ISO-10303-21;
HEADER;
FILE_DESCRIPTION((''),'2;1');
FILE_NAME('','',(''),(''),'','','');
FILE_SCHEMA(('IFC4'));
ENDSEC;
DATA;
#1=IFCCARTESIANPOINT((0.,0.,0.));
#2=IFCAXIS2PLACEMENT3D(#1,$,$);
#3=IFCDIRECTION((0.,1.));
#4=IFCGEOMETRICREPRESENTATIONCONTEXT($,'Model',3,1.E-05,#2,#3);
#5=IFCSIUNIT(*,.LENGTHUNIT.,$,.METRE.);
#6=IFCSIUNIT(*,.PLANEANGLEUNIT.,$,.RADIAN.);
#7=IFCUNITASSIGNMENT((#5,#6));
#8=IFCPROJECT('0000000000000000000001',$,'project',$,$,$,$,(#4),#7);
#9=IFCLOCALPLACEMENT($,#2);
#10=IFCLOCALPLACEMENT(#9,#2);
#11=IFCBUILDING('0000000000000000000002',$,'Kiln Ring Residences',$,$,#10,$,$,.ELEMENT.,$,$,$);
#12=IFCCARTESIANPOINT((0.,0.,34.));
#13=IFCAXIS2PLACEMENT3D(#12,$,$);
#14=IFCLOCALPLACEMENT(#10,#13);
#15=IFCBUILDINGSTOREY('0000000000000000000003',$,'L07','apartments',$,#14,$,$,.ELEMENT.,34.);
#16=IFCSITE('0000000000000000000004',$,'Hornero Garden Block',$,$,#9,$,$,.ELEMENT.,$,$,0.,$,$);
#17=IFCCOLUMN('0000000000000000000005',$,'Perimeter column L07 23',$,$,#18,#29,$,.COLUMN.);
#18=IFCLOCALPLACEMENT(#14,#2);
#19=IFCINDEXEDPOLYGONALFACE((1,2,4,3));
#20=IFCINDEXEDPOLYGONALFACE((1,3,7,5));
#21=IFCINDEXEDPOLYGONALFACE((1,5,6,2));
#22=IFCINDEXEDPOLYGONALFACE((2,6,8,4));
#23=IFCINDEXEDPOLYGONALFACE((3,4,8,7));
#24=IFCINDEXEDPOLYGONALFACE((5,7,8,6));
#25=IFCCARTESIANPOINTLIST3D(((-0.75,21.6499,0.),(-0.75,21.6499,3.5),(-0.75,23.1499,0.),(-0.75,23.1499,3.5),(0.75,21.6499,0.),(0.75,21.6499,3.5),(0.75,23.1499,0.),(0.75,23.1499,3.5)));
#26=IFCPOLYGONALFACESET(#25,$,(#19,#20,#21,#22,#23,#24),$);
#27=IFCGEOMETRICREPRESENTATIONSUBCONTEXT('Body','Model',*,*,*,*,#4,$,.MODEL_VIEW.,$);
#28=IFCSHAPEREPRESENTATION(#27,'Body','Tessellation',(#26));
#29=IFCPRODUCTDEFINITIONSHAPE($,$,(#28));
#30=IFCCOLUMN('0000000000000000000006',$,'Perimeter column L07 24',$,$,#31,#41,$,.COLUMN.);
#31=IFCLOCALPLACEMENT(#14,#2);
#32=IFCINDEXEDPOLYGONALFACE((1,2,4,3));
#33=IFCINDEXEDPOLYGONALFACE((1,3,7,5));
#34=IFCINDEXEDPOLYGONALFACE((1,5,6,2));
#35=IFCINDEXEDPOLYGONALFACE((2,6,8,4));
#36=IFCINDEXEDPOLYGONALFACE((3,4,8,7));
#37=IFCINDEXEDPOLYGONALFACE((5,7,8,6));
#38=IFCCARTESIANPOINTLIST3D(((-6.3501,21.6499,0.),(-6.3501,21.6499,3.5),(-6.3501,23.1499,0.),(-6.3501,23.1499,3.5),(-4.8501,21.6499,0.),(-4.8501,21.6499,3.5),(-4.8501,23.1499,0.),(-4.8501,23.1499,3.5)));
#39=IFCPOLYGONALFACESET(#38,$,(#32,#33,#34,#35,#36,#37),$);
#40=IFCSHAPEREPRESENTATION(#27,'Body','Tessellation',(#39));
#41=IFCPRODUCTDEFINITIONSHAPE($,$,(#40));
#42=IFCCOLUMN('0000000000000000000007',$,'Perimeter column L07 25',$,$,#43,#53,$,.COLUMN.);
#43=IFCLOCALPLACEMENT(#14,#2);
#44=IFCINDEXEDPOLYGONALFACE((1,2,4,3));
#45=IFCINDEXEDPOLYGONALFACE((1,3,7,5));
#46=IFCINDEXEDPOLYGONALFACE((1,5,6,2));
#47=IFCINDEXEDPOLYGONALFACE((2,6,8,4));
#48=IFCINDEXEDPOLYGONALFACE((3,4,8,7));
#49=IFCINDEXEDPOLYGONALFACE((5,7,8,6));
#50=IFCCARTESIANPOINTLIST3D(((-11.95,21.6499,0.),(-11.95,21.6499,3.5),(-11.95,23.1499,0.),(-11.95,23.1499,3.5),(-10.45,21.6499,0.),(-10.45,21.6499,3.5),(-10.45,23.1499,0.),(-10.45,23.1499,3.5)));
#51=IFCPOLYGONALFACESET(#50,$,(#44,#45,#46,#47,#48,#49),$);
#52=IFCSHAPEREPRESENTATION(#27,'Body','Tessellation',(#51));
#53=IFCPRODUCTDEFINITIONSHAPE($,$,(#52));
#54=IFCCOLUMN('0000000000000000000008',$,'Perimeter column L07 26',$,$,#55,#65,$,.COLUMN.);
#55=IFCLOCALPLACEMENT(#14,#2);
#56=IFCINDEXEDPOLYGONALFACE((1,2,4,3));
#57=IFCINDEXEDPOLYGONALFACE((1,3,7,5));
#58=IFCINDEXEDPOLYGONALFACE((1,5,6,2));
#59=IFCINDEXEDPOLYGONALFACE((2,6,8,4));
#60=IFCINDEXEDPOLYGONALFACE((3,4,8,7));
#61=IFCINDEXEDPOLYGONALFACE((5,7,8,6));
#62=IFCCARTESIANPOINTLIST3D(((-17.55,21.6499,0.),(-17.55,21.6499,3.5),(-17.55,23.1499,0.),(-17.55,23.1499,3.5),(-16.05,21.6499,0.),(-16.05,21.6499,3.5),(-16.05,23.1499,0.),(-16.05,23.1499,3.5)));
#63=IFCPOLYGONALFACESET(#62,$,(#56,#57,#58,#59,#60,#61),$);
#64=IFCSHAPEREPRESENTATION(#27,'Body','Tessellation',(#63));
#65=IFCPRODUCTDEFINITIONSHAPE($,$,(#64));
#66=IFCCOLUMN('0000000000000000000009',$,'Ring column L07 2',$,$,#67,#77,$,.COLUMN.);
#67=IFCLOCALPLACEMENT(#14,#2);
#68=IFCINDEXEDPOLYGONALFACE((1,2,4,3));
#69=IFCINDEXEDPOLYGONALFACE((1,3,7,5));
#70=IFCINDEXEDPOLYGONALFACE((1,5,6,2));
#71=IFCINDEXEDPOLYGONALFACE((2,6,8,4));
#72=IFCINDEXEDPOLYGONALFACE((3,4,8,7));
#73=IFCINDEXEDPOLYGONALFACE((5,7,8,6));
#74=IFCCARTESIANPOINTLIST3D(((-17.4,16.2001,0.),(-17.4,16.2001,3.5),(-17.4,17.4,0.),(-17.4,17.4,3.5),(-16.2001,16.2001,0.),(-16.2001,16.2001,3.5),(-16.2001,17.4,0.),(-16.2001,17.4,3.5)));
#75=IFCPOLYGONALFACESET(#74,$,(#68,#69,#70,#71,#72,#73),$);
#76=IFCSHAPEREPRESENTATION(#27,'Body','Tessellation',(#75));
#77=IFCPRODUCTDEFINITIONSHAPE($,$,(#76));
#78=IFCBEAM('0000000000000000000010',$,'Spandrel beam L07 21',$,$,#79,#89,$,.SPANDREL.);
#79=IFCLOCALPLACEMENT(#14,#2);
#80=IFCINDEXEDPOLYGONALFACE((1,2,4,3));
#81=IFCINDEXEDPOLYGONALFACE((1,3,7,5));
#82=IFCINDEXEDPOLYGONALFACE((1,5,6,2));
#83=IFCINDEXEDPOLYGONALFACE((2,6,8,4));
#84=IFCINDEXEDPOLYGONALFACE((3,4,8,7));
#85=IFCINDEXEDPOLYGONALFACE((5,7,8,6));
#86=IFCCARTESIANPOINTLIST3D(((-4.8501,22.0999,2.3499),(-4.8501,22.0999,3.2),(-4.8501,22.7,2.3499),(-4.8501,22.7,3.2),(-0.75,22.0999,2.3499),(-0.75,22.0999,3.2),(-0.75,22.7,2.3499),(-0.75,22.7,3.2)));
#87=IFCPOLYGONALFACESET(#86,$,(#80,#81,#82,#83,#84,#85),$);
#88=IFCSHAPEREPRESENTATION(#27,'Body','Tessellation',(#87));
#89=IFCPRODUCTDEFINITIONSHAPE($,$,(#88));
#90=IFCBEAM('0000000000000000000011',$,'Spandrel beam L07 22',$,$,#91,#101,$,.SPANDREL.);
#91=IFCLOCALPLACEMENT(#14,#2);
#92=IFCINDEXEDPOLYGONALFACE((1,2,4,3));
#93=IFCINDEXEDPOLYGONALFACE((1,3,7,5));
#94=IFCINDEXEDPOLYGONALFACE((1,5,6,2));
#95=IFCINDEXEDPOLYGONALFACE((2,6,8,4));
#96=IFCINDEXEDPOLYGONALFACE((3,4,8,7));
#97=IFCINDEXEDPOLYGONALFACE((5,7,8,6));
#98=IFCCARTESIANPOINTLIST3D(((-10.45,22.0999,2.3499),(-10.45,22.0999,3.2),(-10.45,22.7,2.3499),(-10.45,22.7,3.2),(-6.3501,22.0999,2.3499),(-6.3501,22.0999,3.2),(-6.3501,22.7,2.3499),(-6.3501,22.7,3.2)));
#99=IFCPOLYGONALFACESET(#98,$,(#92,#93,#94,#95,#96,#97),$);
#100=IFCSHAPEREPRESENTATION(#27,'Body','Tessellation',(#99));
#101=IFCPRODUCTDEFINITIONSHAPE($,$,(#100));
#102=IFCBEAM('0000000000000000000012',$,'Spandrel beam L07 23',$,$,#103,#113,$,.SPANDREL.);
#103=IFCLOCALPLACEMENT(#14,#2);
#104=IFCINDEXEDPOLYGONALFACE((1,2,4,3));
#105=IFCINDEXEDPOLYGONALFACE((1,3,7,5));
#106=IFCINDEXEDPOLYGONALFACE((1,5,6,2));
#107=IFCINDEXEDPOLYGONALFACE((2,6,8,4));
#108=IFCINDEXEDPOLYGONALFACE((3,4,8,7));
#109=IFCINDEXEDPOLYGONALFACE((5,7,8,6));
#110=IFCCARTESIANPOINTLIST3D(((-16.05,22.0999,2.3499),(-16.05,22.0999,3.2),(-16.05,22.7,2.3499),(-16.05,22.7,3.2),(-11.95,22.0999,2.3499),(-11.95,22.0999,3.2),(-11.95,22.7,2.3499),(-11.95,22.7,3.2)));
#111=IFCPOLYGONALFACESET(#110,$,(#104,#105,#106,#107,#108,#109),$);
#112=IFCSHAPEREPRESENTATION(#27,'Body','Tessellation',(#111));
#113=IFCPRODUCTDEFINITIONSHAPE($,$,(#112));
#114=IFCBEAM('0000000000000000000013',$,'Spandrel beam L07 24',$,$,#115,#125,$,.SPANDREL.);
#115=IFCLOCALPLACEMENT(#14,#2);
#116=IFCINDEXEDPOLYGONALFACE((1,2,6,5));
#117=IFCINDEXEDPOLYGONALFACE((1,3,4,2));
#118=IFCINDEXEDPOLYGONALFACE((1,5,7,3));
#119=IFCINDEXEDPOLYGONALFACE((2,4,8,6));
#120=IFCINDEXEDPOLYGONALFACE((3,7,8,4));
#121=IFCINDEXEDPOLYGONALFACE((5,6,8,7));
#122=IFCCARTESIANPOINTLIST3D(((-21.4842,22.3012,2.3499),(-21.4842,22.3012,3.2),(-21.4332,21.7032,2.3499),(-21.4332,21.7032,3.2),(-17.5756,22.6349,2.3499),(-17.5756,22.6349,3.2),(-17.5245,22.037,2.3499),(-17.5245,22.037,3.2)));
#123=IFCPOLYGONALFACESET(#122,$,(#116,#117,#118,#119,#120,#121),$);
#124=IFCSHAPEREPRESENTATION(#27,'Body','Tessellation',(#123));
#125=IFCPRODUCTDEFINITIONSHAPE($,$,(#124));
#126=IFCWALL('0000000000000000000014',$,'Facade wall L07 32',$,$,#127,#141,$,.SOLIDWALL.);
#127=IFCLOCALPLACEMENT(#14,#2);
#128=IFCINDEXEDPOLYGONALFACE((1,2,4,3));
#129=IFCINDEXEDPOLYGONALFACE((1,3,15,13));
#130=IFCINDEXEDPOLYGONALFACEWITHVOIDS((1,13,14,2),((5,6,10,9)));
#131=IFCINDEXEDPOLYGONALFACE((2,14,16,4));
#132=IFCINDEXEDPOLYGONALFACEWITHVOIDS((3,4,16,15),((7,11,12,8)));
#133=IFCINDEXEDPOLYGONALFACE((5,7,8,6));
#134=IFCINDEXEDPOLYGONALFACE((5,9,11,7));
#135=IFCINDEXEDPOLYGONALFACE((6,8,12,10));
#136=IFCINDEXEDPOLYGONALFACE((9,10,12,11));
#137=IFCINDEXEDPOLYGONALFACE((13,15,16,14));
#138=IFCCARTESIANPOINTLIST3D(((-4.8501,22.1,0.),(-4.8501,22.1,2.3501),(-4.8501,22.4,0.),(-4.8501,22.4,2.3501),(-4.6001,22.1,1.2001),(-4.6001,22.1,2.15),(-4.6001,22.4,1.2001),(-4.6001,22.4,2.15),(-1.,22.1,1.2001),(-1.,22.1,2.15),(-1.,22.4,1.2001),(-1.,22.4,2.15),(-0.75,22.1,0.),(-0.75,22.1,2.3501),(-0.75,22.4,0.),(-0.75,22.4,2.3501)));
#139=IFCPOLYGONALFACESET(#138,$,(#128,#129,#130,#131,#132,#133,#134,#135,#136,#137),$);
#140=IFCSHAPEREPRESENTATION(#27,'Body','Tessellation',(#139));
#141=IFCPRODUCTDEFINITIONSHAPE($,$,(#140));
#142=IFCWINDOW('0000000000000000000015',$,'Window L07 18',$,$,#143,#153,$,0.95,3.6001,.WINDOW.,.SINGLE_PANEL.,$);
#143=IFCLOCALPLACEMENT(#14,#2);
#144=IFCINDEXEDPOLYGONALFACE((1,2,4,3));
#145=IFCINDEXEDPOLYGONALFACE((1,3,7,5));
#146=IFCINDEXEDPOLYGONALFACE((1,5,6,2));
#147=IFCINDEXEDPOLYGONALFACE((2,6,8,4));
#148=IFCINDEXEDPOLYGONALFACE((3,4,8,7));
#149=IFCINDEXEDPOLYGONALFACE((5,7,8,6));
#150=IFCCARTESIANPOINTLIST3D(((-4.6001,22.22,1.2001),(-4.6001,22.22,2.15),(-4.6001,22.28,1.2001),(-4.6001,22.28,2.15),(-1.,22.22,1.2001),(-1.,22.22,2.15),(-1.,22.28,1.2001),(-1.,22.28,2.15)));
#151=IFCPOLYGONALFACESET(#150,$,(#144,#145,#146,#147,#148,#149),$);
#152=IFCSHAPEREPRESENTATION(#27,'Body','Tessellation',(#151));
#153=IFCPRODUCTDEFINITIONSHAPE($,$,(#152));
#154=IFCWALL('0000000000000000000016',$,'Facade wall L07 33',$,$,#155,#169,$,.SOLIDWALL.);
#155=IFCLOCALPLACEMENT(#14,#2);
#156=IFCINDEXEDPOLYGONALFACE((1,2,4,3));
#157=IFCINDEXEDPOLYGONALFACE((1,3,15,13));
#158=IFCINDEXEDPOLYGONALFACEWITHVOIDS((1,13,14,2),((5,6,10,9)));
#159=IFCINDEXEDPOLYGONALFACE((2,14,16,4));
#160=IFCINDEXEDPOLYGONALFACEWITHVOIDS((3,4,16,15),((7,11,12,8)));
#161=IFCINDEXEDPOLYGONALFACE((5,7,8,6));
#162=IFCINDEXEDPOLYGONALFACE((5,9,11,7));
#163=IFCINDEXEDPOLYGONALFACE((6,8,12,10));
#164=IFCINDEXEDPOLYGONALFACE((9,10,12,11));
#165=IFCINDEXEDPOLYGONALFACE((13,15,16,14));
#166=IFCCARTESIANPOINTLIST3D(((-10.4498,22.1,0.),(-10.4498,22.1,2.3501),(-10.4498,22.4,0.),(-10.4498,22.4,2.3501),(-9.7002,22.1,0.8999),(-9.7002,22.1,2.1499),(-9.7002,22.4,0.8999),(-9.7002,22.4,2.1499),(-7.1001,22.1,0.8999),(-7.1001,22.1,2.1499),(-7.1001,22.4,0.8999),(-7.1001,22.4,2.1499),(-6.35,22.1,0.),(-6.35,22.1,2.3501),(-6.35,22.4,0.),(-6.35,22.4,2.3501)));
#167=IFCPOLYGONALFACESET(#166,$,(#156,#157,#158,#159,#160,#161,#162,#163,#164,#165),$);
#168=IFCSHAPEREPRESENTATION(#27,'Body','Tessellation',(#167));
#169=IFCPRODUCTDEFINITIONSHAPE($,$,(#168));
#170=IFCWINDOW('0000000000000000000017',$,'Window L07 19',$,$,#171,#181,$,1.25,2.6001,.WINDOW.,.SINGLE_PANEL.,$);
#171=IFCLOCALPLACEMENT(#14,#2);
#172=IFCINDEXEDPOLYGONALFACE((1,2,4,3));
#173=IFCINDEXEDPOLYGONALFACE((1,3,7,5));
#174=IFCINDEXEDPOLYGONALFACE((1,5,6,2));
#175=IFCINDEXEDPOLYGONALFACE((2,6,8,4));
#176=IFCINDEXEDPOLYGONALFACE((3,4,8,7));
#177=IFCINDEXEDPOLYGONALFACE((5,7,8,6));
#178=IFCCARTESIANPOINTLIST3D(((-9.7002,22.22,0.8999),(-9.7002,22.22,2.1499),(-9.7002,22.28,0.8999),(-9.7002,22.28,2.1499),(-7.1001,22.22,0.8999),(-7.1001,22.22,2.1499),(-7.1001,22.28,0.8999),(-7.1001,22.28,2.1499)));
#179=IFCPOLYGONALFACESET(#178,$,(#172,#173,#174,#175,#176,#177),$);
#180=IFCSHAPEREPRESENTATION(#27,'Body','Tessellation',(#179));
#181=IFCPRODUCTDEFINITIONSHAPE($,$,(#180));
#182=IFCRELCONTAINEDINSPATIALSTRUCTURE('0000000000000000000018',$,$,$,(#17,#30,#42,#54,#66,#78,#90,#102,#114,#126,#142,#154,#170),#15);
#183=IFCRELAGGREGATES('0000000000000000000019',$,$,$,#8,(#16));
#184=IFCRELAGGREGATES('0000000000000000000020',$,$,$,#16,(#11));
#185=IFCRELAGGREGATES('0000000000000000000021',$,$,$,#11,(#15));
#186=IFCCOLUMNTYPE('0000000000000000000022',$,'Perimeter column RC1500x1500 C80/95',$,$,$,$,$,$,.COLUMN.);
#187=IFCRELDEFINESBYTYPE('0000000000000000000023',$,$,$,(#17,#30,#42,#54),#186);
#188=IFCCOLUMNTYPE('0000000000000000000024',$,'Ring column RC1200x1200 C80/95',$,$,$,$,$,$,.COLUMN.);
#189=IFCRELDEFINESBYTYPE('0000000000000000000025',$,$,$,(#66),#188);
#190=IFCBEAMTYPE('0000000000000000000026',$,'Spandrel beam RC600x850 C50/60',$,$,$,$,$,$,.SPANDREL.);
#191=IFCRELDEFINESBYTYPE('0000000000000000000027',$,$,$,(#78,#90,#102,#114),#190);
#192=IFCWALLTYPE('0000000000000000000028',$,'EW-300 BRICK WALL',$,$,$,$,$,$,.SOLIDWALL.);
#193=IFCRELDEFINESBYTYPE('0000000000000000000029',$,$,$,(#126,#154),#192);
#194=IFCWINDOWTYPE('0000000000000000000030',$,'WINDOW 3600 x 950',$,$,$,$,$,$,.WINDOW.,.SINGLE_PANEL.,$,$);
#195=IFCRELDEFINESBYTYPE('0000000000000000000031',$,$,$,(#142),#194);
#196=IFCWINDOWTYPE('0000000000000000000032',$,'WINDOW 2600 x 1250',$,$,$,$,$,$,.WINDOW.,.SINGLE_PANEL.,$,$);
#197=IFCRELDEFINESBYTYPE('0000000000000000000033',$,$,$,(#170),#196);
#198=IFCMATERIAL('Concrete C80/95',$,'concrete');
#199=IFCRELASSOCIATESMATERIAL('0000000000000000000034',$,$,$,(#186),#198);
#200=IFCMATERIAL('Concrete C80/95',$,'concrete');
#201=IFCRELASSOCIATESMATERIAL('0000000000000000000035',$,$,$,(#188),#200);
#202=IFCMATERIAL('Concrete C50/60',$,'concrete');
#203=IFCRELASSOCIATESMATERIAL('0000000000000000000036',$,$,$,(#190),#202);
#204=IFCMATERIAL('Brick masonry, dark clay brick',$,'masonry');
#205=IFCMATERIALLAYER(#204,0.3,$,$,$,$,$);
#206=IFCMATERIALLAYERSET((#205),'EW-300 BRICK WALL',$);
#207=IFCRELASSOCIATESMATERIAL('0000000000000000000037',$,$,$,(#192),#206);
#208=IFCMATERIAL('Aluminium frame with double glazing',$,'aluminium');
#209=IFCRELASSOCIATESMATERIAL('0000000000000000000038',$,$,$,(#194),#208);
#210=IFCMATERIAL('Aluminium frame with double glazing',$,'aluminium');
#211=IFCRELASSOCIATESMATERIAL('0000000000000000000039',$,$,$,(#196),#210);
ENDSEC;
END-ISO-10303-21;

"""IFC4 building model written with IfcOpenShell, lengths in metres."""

from ifc_helpers import new_model, si_unit, direction, frame, frame_2d, origin, origin_2d, place, context, subcontext, project, spatial, rectangle, extrude, material, layer, layer_set, material_profile, profile_set, type_object, element, fill, save


model = new_model("IFC4")

# Units and contexts
model_context = context("Model", 3, precision=1e-05, world=origin(), true_north=direction((0.0, 1.0)))
body_context = subcontext(model_context, "Body", "Model", "MODEL_VIEW")
ifc_project = project(units=[si_unit("LENGTHUNIT", "METRE"), si_unit("PLANEANGLEUNIT", "RADIAN")], contexts=[model_context])

# Site, building, storey
site_placement = place(None, origin())
site = spatial("IfcSite", under=ifc_project, at=site_placement, Name="Hornero Garden Block", CompositionType="ELEMENT", RefElevation=0.0)
building_placement = place(site_placement, origin())
building = spatial("IfcBuilding", under=site, at=building_placement, Name="Kiln Ring Residences", CompositionType="ELEMENT")
storey_placement = place(building_placement, frame((0.0, 0.0, 34.0)))
storey = spatial("IfcBuildingStorey", under=building, at=storey_placement, Name="L07", Description="apartments", CompositionType="ELEMENT", Elevation=34.0)

# Columns
ifc_material_1 = material(Name="Concrete C80/95", Category="concrete")
ifc_material_profile_1 = material_profile(ifc_material_1, rectangle(XDim=1.5, YDim=1.5, at=origin_2d()), Name="RC1500x1500")
ifc_profile_set_1 = profile_set([ifc_material_profile_1], Name="Concrete C80/95")
column_type_1 = type_object("IfcColumnType", Name="Perimeter column RC1500x1500 C80/95", PredefinedType="COLUMN", material=ifc_profile_set_1)
for number, where, z_axis, x_axis, name in (
    (1, (0.0, 22.3999, 0.0), (0.0, 0.0, 1.0), (1.0, 0.0, 0.0), "Perimeter column L07 23"),
    (2, (-5.6001, 22.3999, 0.0), (0.0, 0.0, 1.0), (1.0, 0.0, 0.0), "Perimeter column L07 24"),
    (3, (-11.2, 22.3999, 0.0), (0.0, 0.0, 1.0), (1.0, 0.0, 0.0), "Perimeter column L07 25"),
    (4, (-16.8, 22.3999, 0.0), (0.0, 0.0, 1.0), (1.0, 0.0, 0.0), "Perimeter column L07 26"),
):
    element("IfcColumn", number, at=place(storey_placement, frame(where, z_axis=z_axis, x_axis=x_axis)), inside=storey, type_object=column_type_1, Name=name, PredefinedType="COLUMN", context=body_context, shape_type="SweptSolid", body=[
        extrude(rectangle(XDim=1.5, YDim=1.5, at=origin_2d()), origin(), (0.0, 0.0, 1.0), 3.5),
    ])
ifc_material_2 = material(Name="Concrete C80/95", Category="concrete")
ifc_material_profile_2 = material_profile(ifc_material_2, rectangle(XDim=1.2, YDim=1.2, at=origin_2d()), Name="RC1200x1200")
ifc_profile_set_2 = profile_set([ifc_material_profile_2], Name="Concrete C80/95")
column_type_2 = type_object("IfcColumnType", Name="Ring column RC1200x1200 C80/95", PredefinedType="COLUMN", material=ifc_profile_set_2)
column_placement = place(storey_placement, frame((-16.8, 16.8, 0.0), z_axis=(0.0, 0.0, 1.0), x_axis=(1.0, 0.0, 0.0)))
element("IfcColumn", 5, at=column_placement, inside=storey, type_object=column_type_2, Name="Ring column L07 2", PredefinedType="COLUMN", context=body_context, shape_type="SweptSolid", body=[
    extrude(rectangle(XDim=1.2, YDim=1.2, at=origin_2d()), origin(), (0.0, 0.0, 1.0), 3.5),
])

# Beams
ifc_material_3 = material(Name="Concrete C50/60", Category="concrete")
ifc_material_profile_3 = material_profile(ifc_material_3, rectangle(XDim=0.6001, YDim=0.8501, at=origin_2d()), Name="RC600x850")
ifc_profile_set_3 = profile_set([ifc_material_profile_3], Name="Concrete C50/60")
beam_type = type_object("IfcBeamType", Name="Spandrel beam RC600x850 C50/60", PredefinedType="SPANDREL", material=ifc_profile_set_3)
beam_1_placement = place(storey_placement, frame((-0.75, 22.3999, 2.7749), z_axis=(-1.0, 0.0, 0.0), x_axis=(0.0, -1.0, 0.0)))
element("IfcBeam", 6, at=beam_1_placement, inside=storey, type_object=beam_type, Name="Spandrel beam L07 21", PredefinedType="SPANDREL", context=body_context, shape_type="SweptSolid", body=[
    extrude(rectangle(XDim=0.6001, YDim=0.8501, at=origin_2d()), origin(), (0.0, 0.0, 1.0), 4.1001),
])
beam_2_placement = place(storey_placement, frame((-6.3501, 22.3999, 2.7749), z_axis=(-1.0, 0.0, 0.0), x_axis=(0.0, -1.0, 0.0)))
element("IfcBeam", 7, at=beam_2_placement, inside=storey, type_object=beam_type, Name="Spandrel beam L07 22", PredefinedType="SPANDREL", context=body_context, shape_type="SweptSolid", body=[
    extrude(rectangle(XDim=0.6001, YDim=0.8501, at=origin_2d()), origin(), (0.0, 0.0, 1.0), 4.0999),
])
beam_3_placement = place(storey_placement, frame((-11.95, 22.3999, 2.7749), z_axis=(-1.0, 0.0, 0.0), x_axis=(0.0, -1.0, 0.0)))
element("IfcBeam", 8, at=beam_3_placement, inside=storey, type_object=beam_type, Name="Spandrel beam L07 23", PredefinedType="SPANDREL", context=body_context, shape_type="SweptSolid", body=[
    extrude(rectangle(XDim=0.6001, YDim=0.8501, at=origin_2d()), origin(), (0.0, 0.0, 1.0), 4.1001),
])
beam_4_placement = place(storey_placement, frame((-17.55, 22.3359, 2.7749), z_axis=(-0.996375, -0.085075, 0.0), x_axis=(0.085075, -0.996375, 0.0)))
element("IfcBeam", 9, at=beam_4_placement, inside=storey, type_object=beam_type, Name="Spandrel beam L07 24", PredefinedType="SPANDREL", context=body_context, shape_type="SweptSolid", body=[
    extrude(rectangle(XDim=0.6001, YDim=0.8501, at=origin_2d()), origin(), (0.0, 0.0, 1.0), 3.9229),
])

# Walls, openings, windows
ifc_material_4 = material(Name="Brick masonry, dark clay brick", Category="masonry")
ifc_layer_1 = layer(ifc_material_4, 0.3)
ifc_layer_set_1 = layer_set([ifc_layer_1], Name="EW-300 BRICK WALL")
wall_type_1 = type_object("IfcWallType", Name="EW-300 BRICK WALL", PredefinedType="SOLIDWALL", material=ifc_layer_set_1)
wall_1_placement = place(storey_placement, frame((-0.75, 22.25, 0.0), z_axis=(0.0, 0.0, 1.0), x_axis=(-1.0, 0.0, 0.0)))
wall_1 = element("IfcWall", 10, at=wall_1_placement, inside=storey, type_object=wall_type_1, Name="Facade wall L07 32", PredefinedType="SOLIDWALL", context=body_context, shape_type="SweptSolid", body=[
    extrude(rectangle(XDim=4.1001, YDim=0.3, at=frame_2d((2.05, 0.0))), origin(), (0.0, 0.0, 1.0), 2.3501),
])
opening_1_placement = place(wall_1_placement, frame((0.25, 0.0, 1.2)))
opening_1 = element("IfcOpeningElement", 11, at=opening_1_placement, cuts=wall_1, PredefinedType="OPENING", context=body_context, shape_type="SweptSolid", body=[
    extrude(rectangle(XDim=3.6001, YDim=0.95, at=frame_2d((1.8, 0.4751))), frame((0.0, 0.1599, 0.0), z_axis=(0.0, -1.0, 0.0), x_axis=(1.0, 0.0, 0.0)), (0.0, 0.0, 1.0), 0.3201),
])
ifc_material_5 = material(Name="Aluminium frame with double glazing", Category="aluminium")
window_type_1 = type_object("IfcWindowType", Name="WINDOW 3600 x 950", PartitioningType="SINGLE_PANEL", PredefinedType="WINDOW", material=ifc_material_5)
window_1_placement = place(opening_1_placement, origin())
window_1 = element("IfcWindow", 12, at=window_1_placement, inside=storey, type_object=window_type_1, Name="Window L07 18", OverallHeight=0.95, OverallWidth=3.6001, PartitioningType="SINGLE_PANEL", PredefinedType="WINDOW", context=body_context, shape_type="SweptSolid", body=[
    extrude(rectangle(XDim=3.6001, YDim=0.95, at=frame_2d((1.8, 0.4751))), frame((0.0, 0.03, 0.0), z_axis=(0.0, -1.0, 0.0), x_axis=(1.0, 0.0, 0.0)), (0.0, 0.0, 1.0), 0.0601),
])
fill(opening_1, window_1)
wall_2_placement = place(storey_placement, frame((-6.3501, 22.25, 0.0), z_axis=(0.0, 0.0, 1.0), x_axis=(-1.0, 0.0, 0.0)))
wall_2 = element("IfcWall", 13, at=wall_2_placement, inside=storey, type_object=wall_type_1, Name="Facade wall L07 33", PredefinedType="SOLIDWALL", context=body_context, shape_type="SweptSolid", body=[
    extrude(rectangle(XDim=4.0999, YDim=0.3, at=frame_2d((2.0498, 0.0))), origin(), (0.0, 0.0, 1.0), 2.3501),
])
opening_2_placement = place(wall_2_placement, frame((0.75, 0.0, 0.8999)))
opening_2 = element("IfcOpeningElement", 14, at=opening_2_placement, cuts=wall_2, PredefinedType="OPENING", context=body_context, shape_type="SweptSolid", body=[
    extrude(rectangle(XDim=2.6001, YDim=1.25, at=frame_2d((1.3, 0.625))), frame((0.0, 0.1599, 0.0), z_axis=(0.0, -1.0, 0.0), x_axis=(1.0, 0.0, 0.0)), (0.0, 0.0, 1.0), 0.3201),
])
ifc_material_6 = material(Name="Aluminium frame with double glazing", Category="aluminium")
window_type_2 = type_object("IfcWindowType", Name="WINDOW 2600 x 1250", PartitioningType="SINGLE_PANEL", PredefinedType="WINDOW", material=ifc_material_6)
window_2_placement = place(opening_2_placement, origin())
window_2 = element("IfcWindow", 15, at=window_2_placement, inside=storey, type_object=window_type_2, Name="Window L07 19", OverallHeight=1.25, OverallWidth=2.6001, PartitioningType="SINGLE_PANEL", PredefinedType="WINDOW", context=body_context, shape_type="SweptSolid", body=[
    extrude(rectangle(XDim=2.6001, YDim=1.25, at=frame_2d((1.3, 0.625))), frame((0.0, 0.03, 0.0), z_axis=(0.0, -1.0, 0.0), x_axis=(1.0, 0.0, 0.0)), (0.0, 0.0, 1.0), 0.0601),
])
fill(opening_2, window_2)

save(model, "model.ifc")
